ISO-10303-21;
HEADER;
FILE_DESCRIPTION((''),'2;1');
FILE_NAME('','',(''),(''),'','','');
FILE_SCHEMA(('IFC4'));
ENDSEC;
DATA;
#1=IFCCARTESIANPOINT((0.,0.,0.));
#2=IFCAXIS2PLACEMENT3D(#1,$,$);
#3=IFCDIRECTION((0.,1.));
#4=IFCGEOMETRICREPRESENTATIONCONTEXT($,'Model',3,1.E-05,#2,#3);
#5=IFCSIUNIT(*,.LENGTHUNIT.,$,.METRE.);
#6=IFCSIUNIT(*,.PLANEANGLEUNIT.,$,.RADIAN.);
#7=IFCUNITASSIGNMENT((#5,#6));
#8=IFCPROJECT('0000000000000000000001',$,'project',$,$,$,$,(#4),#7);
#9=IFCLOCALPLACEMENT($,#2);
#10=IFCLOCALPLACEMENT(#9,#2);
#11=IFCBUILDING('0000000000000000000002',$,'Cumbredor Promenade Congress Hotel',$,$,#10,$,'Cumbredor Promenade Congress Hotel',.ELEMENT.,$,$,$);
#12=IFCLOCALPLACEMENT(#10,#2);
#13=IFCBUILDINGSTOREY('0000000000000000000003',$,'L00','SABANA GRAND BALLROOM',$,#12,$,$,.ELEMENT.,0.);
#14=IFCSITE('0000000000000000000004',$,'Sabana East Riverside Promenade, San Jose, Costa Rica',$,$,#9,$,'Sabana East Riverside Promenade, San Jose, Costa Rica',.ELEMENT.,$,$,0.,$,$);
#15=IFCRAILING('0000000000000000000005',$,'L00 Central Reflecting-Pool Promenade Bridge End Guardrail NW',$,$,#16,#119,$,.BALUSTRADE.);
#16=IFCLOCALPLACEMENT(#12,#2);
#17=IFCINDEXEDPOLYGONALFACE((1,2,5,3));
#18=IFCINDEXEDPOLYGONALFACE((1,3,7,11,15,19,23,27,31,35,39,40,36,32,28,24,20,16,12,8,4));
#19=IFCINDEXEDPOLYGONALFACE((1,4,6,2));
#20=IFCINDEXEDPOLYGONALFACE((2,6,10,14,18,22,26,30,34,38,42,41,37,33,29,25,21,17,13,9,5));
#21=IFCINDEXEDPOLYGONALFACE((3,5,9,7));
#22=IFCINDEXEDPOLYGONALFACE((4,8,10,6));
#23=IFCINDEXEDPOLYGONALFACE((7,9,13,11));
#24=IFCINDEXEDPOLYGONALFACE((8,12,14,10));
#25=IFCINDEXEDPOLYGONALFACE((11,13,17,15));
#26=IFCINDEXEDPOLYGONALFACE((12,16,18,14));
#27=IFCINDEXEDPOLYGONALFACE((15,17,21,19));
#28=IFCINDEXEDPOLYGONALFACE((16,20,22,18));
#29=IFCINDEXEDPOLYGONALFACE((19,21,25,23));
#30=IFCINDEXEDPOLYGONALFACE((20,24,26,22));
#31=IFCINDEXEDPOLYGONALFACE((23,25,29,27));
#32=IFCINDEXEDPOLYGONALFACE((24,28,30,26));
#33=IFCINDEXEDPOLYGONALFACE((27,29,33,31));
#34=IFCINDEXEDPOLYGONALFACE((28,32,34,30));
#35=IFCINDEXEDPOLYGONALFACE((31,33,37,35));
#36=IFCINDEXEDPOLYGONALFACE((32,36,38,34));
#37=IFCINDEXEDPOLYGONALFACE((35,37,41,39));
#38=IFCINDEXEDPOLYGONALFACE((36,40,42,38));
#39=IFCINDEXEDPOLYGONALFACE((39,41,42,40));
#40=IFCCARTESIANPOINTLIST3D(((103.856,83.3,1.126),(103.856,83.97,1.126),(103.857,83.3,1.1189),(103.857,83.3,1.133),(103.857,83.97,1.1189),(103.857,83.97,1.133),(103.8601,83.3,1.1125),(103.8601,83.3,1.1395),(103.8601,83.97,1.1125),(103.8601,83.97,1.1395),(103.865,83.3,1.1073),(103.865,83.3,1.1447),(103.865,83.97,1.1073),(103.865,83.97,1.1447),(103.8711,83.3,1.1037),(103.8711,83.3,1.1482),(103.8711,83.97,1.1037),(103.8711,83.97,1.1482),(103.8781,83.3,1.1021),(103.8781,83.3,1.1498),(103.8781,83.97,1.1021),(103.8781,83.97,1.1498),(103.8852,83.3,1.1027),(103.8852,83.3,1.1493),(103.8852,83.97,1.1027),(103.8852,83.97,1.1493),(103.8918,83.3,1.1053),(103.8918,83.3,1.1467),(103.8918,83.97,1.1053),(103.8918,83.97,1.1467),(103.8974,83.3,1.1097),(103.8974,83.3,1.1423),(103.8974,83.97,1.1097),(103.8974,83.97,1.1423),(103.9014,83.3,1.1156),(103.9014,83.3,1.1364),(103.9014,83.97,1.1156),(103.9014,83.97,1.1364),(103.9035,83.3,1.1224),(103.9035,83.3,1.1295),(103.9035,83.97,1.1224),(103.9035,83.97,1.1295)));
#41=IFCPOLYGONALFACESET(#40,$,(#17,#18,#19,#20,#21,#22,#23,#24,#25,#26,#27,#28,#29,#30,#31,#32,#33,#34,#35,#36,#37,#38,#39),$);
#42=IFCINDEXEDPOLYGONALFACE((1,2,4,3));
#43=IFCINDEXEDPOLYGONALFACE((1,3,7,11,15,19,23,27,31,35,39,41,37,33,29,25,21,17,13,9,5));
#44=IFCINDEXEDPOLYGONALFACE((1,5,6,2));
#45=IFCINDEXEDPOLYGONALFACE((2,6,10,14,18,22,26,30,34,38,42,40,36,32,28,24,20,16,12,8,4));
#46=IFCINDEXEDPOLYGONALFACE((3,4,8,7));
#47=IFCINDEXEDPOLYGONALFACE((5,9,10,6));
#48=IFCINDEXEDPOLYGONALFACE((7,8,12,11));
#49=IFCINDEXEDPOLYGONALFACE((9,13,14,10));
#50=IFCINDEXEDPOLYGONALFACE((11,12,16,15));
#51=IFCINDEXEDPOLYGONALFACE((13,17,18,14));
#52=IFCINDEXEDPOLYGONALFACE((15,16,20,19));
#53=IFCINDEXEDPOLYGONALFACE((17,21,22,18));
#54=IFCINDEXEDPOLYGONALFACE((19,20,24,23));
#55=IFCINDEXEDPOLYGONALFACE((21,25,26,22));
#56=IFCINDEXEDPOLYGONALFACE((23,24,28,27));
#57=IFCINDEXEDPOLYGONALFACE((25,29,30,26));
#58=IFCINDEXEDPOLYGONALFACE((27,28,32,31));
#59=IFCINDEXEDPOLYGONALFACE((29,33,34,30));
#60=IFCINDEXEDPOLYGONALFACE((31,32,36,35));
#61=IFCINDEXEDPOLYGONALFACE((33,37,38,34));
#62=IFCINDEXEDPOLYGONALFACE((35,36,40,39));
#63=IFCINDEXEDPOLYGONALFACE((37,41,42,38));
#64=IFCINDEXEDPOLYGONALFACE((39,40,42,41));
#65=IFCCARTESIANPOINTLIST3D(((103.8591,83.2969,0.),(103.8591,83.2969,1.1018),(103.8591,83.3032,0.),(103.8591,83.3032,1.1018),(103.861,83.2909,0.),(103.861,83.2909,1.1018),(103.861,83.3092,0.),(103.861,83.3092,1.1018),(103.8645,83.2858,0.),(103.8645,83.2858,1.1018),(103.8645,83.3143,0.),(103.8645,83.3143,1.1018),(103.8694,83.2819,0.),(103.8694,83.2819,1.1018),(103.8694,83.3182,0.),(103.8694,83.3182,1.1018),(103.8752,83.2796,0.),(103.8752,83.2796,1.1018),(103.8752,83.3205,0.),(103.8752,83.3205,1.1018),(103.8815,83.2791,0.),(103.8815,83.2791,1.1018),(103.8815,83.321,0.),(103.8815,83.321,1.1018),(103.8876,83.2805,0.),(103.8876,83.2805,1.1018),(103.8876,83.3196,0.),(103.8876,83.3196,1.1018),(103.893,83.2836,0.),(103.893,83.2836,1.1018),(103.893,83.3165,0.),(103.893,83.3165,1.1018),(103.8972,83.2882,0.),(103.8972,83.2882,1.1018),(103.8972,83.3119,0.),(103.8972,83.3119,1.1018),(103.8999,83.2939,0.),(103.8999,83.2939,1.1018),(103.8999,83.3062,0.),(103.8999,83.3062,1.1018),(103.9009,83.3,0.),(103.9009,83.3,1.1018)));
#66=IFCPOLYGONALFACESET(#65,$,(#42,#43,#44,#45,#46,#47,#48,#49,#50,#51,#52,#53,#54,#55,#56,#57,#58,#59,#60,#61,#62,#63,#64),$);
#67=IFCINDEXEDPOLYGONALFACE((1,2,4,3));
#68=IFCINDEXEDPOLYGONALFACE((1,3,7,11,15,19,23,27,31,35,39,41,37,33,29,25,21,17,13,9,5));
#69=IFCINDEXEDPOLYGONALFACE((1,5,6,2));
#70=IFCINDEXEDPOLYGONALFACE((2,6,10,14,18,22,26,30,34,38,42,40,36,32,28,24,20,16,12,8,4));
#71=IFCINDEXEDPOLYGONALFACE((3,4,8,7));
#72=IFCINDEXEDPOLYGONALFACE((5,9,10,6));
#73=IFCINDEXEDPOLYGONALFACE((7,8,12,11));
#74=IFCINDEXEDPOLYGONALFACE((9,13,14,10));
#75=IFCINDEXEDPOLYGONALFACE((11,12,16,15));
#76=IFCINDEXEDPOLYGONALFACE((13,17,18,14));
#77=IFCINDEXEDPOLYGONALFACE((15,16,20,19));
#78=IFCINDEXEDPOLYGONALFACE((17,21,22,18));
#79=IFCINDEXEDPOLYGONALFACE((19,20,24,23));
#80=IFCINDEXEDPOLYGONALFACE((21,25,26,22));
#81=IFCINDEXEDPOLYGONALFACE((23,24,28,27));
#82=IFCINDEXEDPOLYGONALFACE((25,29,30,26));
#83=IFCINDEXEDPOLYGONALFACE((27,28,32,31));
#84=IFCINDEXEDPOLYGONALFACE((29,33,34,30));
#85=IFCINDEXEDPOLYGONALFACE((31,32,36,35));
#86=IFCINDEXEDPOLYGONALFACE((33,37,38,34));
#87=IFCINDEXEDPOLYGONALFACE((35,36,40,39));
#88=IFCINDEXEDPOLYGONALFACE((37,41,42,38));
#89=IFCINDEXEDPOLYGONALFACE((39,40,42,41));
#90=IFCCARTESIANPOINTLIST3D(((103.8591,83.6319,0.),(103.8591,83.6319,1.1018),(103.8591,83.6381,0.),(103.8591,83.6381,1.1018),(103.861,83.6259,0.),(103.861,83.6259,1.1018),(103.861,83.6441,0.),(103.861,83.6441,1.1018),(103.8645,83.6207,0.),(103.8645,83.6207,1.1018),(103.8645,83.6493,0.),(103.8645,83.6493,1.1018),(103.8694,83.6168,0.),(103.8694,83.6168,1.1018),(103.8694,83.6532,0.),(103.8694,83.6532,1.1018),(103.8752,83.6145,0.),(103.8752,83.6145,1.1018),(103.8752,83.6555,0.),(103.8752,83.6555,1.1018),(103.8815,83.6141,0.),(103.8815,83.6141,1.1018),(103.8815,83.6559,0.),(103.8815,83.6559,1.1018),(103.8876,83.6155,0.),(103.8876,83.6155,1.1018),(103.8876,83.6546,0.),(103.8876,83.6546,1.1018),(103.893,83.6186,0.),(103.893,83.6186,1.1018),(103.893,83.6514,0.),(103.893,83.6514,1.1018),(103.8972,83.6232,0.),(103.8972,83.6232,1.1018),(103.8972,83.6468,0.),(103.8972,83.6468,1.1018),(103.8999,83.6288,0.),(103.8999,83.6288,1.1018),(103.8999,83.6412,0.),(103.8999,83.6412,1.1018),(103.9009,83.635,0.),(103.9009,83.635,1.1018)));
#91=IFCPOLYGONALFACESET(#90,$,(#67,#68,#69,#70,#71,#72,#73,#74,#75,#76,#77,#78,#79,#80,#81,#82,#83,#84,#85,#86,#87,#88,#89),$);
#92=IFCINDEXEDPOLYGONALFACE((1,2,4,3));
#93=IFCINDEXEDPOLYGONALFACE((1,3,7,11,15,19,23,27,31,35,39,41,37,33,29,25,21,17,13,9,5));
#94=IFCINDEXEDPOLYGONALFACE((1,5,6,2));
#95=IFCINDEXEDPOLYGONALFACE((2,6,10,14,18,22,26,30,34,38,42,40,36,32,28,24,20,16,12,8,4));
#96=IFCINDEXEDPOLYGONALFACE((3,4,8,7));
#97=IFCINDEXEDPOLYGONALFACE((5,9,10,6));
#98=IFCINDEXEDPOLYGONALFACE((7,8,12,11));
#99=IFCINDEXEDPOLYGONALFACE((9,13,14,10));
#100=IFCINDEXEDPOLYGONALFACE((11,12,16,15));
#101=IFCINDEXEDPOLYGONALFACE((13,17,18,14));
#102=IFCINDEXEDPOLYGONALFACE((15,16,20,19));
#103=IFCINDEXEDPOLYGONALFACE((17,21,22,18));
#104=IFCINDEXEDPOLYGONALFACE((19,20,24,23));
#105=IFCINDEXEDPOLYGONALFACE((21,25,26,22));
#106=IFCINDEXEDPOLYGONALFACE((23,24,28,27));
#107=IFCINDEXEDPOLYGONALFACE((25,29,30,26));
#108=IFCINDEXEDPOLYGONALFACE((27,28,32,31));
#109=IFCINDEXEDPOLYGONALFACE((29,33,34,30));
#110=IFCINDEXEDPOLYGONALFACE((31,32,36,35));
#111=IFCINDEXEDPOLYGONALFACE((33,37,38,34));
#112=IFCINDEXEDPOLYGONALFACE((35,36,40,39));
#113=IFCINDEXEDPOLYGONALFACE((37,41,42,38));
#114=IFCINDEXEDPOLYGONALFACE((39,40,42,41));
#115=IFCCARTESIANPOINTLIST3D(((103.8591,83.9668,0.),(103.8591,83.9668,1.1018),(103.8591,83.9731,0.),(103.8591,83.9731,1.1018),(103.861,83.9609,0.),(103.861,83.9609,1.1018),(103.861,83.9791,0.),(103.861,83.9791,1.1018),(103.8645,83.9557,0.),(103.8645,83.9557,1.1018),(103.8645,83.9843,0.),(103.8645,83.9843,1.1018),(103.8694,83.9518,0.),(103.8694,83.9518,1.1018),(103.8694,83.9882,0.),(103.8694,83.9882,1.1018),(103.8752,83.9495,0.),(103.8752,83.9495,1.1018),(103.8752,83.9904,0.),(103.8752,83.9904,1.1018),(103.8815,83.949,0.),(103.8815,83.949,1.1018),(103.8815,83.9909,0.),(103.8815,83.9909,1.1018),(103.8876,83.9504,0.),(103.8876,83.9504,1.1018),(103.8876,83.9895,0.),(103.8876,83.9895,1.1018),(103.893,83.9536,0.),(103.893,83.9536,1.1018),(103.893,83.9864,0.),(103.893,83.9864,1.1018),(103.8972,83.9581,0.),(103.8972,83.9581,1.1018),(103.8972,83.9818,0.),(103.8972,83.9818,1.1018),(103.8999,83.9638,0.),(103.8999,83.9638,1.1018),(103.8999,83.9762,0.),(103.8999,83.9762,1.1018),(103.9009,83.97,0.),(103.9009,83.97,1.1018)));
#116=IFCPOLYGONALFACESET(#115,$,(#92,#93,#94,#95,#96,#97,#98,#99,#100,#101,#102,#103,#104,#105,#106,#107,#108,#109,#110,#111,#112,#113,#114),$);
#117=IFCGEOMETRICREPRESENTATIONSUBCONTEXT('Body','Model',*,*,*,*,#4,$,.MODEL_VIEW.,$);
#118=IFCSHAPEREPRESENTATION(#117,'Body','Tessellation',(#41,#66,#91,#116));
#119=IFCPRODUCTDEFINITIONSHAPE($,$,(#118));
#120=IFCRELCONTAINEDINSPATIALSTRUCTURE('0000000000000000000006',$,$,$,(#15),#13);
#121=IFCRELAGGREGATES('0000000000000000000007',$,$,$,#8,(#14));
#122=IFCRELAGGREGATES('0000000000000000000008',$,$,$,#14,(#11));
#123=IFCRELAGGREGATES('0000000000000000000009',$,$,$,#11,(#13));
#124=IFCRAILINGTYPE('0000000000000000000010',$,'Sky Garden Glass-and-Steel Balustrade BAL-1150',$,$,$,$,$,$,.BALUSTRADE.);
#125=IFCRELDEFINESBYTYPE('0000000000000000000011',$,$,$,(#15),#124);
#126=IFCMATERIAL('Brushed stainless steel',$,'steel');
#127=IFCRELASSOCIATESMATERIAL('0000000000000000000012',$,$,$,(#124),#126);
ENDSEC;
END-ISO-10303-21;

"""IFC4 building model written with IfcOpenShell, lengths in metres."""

from ifc_helpers import new_model, si_unit, direction, frame, origin, origin_2d, place, context, subcontext, project, spatial, circle, extrude, material, type_object, element, save


model = new_model("IFC4")

# Units and contexts
model_context = context("Model", 3, precision=1e-05, world=origin(), true_north=direction((0.0, 1.0)))
body_context = subcontext(model_context, "Body", "Model", "MODEL_VIEW")
ifc_project = project(units=[si_unit("LENGTHUNIT", "METRE"), si_unit("PLANEANGLEUNIT", "RADIAN")], contexts=[model_context])

# Site, building, storey
site_placement = place(None, origin())
site = spatial("IfcSite", under=ifc_project, at=site_placement, Name="Sabana East Riverside Promenade, San Jose, Costa Rica", LongName="Sabana East Riverside Promenade, San Jose, Costa Rica", CompositionType="ELEMENT", RefElevation=0.0)
building_placement = place(site_placement, origin())
building = spatial("IfcBuilding", under=site, at=building_placement, Name="Cumbredor Promenade Congress Hotel", LongName="Cumbredor Promenade Congress Hotel", CompositionType="ELEMENT")
storey_placement = place(building_placement, origin())
storey = spatial("IfcBuildingStorey", under=building, at=storey_placement, Name="L00", Description="SABANA GRAND BALLROOM", CompositionType="ELEMENT", Elevation=0.0)

# Railing
ifc_material_1 = material(Name="Brushed stainless steel", Category="steel")
railing_type = type_object("IfcRailingType", Name="Sky Garden Glass-and-Steel Balustrade BAL-1150", PredefinedType="BALUSTRADE", material=ifc_material_1)
railing_placement = place(storey_placement, frame((103.8799, 83.3, 0.0)))
element("IfcRailing", 1, at=railing_placement, inside=storey, type_object=railing_type, Name="L00 Central Reflecting-Pool Promenade Bridge End Guardrail NW", PredefinedType="BALUSTRADE", context=body_context, shape_type="SweptSolid", body=[
    extrude(circle(Radius=0.0239, at=origin_2d()), frame((0.0, 0.0, 1.126), z_axis=(0.0, 1.0, 0.0), x_axis=(-1.0, 0.0, 0.0)), (0.0, 0.0, 1.0), 0.6699),
    extrude(circle(Radius=0.021, at=origin_2d()), origin(), (0.0, 0.0, 1.0), 1.1018),
    extrude(circle(Radius=0.021, at=origin_2d()), frame((0.0, 0.335, 0.0)), (0.0, 0.0, 1.0), 1.1018),
    extrude(circle(Radius=0.021, at=origin_2d()), frame((0.0, 0.6699, 0.0)), (0.0, 0.0, 1.0), 1.1018),
])

save(model, "model.ifc")
